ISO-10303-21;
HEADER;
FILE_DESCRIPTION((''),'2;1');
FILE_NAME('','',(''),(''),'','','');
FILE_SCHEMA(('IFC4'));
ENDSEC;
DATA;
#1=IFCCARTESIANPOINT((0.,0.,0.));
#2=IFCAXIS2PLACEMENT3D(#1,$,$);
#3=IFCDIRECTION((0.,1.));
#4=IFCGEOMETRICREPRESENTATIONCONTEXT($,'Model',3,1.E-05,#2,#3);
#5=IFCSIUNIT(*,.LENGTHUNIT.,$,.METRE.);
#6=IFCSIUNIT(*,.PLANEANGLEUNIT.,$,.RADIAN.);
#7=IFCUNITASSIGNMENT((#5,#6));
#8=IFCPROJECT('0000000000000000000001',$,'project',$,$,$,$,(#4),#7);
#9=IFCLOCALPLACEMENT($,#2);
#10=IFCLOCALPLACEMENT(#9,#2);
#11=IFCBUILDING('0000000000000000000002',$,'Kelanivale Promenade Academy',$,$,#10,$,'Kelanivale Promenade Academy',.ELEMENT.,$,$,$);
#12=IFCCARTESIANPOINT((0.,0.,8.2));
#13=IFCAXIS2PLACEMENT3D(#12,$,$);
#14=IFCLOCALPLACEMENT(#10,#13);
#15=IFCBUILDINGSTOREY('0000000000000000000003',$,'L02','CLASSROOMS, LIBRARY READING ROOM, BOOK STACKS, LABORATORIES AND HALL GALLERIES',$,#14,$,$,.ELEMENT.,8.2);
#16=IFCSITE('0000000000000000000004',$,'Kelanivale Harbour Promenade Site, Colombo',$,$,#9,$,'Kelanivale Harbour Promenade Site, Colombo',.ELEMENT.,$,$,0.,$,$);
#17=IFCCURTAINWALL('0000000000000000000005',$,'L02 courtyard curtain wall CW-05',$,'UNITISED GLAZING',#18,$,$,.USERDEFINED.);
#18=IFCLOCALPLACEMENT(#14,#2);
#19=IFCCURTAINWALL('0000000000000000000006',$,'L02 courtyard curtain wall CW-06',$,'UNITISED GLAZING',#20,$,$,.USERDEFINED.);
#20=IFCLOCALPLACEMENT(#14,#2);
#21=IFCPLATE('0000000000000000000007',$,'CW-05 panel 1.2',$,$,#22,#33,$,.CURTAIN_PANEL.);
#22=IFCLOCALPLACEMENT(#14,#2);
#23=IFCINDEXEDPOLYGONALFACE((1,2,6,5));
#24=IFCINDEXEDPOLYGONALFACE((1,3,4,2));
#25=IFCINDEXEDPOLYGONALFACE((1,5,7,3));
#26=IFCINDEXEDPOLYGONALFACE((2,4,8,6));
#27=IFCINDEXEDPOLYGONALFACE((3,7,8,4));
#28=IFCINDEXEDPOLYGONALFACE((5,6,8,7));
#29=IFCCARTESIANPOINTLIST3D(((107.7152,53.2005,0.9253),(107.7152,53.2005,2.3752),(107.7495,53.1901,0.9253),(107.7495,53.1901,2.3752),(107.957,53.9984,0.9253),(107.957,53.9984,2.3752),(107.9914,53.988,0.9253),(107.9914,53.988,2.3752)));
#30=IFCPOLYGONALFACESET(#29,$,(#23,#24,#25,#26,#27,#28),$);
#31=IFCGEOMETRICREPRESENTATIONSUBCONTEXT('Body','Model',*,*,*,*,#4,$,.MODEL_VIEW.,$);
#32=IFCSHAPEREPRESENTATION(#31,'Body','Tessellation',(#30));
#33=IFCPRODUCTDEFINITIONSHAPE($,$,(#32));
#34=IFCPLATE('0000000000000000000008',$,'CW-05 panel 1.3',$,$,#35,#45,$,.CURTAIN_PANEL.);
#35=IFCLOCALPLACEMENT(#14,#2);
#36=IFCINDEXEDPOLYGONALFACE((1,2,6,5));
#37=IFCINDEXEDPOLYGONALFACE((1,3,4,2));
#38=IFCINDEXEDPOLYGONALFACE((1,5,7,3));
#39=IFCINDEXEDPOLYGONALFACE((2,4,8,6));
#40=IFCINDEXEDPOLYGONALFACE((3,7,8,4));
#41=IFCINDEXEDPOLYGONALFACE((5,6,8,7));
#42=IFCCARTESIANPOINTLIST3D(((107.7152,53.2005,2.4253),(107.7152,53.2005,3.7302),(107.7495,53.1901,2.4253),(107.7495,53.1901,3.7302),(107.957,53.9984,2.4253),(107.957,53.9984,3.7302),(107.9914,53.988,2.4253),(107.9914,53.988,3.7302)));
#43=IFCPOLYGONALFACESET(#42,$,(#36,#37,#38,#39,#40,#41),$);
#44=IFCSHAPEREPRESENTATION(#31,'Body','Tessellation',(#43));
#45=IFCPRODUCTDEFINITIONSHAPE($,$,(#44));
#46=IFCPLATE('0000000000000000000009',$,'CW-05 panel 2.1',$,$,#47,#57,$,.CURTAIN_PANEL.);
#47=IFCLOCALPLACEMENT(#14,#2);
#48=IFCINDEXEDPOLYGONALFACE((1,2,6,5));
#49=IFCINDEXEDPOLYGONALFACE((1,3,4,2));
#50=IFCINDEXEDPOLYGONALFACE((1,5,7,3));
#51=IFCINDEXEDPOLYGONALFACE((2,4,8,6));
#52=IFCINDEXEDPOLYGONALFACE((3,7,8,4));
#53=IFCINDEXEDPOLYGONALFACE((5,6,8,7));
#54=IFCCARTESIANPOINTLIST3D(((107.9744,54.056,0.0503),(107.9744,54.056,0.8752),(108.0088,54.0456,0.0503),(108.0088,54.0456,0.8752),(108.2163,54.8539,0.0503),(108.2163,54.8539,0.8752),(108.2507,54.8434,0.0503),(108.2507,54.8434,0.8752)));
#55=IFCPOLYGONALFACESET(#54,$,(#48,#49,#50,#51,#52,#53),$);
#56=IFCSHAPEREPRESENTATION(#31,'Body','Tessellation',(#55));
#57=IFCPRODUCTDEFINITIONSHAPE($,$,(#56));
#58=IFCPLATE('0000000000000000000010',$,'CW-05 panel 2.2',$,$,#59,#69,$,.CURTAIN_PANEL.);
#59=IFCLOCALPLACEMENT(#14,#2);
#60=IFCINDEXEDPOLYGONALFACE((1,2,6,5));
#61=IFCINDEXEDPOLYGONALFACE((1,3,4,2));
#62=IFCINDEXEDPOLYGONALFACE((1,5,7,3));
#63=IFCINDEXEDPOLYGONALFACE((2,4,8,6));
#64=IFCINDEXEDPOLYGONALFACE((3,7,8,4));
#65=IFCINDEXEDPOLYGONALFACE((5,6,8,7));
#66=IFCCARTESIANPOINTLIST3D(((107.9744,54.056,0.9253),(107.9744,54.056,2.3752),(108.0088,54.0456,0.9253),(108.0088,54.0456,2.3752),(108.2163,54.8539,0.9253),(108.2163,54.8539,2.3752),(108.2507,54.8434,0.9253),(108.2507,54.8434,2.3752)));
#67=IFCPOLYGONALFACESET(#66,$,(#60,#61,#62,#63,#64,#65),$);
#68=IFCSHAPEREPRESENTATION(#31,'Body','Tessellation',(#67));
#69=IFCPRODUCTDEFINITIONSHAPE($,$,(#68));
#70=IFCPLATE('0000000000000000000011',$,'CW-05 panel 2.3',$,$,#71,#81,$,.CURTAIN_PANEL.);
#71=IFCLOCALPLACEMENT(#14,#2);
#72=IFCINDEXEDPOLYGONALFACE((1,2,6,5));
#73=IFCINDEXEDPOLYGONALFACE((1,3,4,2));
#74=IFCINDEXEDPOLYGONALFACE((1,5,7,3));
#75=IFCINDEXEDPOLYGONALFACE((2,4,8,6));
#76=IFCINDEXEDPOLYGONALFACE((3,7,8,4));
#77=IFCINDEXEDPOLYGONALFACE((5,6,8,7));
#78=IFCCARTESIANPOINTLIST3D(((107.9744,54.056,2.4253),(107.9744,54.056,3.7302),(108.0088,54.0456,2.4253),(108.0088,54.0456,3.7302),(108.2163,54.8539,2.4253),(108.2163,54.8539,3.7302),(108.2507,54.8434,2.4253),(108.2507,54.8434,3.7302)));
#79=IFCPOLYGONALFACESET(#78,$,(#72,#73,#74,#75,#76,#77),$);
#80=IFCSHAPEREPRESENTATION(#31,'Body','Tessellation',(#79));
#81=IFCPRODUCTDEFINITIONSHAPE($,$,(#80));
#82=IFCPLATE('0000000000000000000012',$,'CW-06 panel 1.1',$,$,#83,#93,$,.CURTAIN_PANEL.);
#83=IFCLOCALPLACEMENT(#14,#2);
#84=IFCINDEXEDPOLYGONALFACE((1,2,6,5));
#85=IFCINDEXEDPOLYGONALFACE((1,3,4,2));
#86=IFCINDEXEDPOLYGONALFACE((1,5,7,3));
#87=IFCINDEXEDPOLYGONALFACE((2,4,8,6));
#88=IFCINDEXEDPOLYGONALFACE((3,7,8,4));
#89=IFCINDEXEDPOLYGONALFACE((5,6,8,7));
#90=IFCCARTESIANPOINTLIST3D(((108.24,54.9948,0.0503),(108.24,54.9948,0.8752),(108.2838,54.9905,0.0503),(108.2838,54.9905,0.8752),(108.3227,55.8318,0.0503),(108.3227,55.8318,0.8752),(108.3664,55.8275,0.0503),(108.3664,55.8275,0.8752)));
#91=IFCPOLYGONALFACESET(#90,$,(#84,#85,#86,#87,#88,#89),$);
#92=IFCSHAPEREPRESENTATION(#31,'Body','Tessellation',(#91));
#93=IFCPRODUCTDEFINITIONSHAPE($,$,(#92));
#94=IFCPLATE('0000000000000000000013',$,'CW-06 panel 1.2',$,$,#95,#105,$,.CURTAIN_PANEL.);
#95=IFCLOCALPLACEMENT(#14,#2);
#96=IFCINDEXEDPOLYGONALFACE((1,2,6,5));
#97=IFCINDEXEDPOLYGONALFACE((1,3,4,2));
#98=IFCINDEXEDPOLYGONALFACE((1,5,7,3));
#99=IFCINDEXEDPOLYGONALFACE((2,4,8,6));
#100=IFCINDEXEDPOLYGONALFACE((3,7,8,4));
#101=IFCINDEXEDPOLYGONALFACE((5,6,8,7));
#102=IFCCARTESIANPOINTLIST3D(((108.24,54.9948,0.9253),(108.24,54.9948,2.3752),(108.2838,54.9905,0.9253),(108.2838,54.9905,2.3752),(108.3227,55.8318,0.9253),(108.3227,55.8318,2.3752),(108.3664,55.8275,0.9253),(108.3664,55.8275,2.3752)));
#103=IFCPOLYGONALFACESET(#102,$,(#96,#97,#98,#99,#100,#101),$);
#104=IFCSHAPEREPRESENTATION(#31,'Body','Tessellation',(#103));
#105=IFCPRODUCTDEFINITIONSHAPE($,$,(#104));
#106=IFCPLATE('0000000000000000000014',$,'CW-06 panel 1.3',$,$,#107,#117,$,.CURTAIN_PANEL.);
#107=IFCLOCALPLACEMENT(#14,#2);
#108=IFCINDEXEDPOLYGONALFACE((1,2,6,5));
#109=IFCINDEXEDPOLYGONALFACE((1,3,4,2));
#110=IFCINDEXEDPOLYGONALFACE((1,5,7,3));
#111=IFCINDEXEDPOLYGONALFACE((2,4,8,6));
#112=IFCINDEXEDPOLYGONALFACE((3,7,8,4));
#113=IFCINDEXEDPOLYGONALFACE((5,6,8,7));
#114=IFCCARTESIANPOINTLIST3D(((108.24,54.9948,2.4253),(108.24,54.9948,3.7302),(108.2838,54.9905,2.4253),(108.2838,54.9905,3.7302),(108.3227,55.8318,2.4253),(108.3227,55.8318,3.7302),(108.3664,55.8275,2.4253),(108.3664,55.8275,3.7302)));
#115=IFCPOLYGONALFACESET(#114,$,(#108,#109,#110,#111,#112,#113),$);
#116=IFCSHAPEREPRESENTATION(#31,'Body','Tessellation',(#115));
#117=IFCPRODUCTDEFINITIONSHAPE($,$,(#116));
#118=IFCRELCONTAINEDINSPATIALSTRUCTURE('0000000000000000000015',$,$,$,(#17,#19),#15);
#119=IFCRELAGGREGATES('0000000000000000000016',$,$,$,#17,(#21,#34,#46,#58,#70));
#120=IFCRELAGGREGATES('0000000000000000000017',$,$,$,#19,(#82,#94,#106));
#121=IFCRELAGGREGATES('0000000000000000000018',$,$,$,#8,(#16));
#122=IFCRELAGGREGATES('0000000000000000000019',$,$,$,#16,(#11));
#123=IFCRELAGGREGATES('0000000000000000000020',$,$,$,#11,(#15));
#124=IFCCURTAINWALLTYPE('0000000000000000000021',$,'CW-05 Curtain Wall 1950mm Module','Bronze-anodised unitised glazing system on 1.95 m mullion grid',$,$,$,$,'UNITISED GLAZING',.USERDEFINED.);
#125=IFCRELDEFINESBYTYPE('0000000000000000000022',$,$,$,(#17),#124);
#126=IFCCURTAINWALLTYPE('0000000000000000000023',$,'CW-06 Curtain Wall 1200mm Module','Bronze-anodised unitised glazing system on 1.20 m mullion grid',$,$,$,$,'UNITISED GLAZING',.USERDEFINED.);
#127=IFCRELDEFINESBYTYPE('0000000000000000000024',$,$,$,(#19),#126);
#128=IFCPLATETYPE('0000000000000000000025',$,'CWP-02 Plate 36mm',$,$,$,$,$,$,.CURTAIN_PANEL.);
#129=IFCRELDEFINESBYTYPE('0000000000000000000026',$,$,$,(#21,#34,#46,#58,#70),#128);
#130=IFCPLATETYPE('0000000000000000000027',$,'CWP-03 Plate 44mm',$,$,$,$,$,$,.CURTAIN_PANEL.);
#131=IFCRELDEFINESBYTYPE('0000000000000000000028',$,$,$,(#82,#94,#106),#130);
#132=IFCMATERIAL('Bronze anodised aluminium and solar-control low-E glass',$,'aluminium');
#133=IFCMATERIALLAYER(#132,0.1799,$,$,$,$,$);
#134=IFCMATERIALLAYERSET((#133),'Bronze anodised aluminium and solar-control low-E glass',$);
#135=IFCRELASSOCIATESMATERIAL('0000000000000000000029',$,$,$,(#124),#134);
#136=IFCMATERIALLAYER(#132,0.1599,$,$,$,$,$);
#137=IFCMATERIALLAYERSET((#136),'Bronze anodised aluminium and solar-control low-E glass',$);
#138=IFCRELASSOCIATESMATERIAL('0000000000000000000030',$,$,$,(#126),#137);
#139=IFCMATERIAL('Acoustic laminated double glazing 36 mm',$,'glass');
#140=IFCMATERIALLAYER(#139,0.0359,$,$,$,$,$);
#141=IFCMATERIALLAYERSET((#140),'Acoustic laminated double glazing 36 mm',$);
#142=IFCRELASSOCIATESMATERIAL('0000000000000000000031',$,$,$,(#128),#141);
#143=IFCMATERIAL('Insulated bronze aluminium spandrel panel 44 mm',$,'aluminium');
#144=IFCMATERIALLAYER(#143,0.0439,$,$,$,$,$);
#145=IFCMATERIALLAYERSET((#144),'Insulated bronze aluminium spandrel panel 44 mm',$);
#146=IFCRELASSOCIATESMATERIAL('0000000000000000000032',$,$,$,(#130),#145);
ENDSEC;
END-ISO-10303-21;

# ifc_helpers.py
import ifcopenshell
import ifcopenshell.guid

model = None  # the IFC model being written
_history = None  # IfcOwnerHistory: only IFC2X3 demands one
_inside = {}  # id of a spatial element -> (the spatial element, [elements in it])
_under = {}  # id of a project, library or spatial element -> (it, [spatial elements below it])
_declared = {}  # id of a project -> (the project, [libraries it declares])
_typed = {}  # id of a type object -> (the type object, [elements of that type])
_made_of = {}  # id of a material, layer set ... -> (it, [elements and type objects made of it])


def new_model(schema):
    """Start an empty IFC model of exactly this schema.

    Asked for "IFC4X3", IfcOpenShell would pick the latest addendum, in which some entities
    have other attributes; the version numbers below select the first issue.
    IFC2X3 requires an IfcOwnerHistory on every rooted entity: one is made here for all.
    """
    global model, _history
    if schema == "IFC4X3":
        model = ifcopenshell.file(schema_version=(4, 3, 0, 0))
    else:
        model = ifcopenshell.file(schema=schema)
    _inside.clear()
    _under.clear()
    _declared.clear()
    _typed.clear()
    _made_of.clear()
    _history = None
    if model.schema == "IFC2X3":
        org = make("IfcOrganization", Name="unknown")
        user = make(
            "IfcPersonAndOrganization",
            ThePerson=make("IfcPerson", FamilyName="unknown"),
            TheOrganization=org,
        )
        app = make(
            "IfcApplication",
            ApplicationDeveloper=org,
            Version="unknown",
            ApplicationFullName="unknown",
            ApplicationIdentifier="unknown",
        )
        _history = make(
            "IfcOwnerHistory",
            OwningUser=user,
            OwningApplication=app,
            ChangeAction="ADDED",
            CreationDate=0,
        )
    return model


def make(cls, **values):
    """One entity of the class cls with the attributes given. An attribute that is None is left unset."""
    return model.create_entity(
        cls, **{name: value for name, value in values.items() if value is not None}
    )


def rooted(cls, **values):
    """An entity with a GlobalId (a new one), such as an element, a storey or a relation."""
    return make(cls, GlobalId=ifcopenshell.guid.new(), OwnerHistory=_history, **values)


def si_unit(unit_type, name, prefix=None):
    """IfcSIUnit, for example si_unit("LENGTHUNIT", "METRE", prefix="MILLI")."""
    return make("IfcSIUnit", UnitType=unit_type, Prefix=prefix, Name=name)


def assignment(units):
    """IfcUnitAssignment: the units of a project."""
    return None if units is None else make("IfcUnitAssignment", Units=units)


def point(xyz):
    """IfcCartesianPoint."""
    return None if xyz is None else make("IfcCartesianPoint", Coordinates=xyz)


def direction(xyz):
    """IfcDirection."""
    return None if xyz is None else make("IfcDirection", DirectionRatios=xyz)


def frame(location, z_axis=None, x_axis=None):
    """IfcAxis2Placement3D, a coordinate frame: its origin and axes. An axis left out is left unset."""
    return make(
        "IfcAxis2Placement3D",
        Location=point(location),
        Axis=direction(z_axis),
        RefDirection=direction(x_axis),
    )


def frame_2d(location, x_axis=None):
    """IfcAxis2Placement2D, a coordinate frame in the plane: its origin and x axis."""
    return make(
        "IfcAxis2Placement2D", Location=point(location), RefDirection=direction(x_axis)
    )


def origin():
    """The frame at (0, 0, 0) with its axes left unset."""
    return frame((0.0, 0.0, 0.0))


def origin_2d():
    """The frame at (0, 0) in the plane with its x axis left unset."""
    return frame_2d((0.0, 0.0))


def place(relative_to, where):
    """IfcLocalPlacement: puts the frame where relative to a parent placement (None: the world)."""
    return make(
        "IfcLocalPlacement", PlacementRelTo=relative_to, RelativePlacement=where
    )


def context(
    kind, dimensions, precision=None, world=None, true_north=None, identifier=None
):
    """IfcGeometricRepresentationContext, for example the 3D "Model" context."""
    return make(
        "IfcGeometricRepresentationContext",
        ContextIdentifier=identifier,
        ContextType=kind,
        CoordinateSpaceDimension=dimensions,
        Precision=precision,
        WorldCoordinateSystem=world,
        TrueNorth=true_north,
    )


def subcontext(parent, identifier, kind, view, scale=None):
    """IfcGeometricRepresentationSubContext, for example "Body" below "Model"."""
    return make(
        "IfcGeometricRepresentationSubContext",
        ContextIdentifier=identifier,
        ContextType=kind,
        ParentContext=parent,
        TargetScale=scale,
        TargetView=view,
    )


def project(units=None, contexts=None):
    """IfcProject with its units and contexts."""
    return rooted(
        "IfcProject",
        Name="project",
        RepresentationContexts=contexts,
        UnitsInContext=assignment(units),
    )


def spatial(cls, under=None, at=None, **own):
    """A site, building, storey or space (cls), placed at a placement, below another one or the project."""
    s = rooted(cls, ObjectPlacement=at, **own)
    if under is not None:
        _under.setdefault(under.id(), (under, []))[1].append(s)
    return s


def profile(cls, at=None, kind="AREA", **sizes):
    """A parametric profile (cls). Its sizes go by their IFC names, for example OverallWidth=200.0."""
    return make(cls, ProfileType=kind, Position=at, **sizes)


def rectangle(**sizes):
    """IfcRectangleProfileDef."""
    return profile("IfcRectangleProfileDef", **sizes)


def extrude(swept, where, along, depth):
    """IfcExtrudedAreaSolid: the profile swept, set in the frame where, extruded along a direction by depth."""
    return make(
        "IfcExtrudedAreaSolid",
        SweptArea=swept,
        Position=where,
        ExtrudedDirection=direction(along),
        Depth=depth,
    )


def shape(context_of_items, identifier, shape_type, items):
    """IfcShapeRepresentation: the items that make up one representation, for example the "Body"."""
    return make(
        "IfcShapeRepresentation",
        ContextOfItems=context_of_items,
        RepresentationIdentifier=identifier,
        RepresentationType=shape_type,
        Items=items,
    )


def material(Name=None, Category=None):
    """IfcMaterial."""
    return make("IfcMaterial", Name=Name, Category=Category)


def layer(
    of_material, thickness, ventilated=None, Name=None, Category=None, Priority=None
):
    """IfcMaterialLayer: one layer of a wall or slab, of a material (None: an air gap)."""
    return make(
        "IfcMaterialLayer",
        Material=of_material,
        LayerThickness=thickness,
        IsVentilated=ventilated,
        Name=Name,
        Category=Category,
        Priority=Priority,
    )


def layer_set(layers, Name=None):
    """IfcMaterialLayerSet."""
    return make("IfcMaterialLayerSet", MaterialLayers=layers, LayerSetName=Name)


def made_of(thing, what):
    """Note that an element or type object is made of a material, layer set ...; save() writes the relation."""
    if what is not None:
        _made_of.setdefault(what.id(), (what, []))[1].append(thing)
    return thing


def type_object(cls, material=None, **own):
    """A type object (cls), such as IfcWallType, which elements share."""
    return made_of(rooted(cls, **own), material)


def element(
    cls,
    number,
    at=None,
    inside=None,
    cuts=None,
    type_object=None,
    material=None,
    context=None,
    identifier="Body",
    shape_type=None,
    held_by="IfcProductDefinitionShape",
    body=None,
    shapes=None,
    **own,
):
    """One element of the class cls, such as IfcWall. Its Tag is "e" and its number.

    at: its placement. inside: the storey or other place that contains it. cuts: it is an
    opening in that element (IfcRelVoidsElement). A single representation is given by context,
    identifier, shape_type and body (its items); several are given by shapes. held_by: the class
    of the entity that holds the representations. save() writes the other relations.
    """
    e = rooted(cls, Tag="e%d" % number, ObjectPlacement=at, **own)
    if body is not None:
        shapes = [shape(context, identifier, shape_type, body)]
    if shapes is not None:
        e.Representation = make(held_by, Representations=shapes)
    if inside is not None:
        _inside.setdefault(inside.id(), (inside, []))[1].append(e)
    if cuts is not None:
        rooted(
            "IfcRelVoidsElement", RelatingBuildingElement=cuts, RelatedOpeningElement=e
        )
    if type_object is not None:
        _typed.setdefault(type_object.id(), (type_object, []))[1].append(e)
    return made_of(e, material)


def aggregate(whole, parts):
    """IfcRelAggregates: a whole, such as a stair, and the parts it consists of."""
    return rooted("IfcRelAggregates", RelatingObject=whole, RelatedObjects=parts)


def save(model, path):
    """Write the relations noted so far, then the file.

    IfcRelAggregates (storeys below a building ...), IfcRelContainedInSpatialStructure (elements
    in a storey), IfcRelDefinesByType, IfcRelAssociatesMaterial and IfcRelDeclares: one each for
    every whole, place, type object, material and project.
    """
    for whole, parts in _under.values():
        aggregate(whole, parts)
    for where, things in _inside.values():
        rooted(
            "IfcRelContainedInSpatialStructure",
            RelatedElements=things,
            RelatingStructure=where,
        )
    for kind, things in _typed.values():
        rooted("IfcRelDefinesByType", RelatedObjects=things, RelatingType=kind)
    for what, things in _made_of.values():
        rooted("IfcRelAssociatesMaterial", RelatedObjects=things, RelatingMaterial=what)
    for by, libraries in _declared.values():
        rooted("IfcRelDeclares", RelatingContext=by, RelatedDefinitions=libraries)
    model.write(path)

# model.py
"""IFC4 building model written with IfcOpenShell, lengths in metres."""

from ifc_helpers import new_model, si_unit, direction, frame, origin, origin_2d, place, context, subcontext, project, spatial, rectangle, extrude, material, layer, layer_set, type_object, element, aggregate, save


model = new_model("IFC4")

# Units and contexts
model_context = context("Model", 3, precision=1e-05, world=origin(), true_north=direction((0.0, 1.0)))
body_context = subcontext(model_context, "Body", "Model", "MODEL_VIEW")
ifc_project = project(units=[si_unit("LENGTHUNIT", "METRE"), si_unit("PLANEANGLEUNIT", "RADIAN")], contexts=[model_context])

# Site, building, storey
site_placement = place(None, origin())
site = spatial("IfcSite", under=ifc_project, at=site_placement, Name="Kelanivale Harbour Promenade Site, Colombo", LongName="Kelanivale Harbour Promenade Site, Colombo", CompositionType="ELEMENT", RefElevation=0.0)
building_placement = place(site_placement, origin())
building = spatial("IfcBuilding", under=site, at=building_placement, Name="Kelanivale Promenade Academy", LongName="Kelanivale Promenade Academy", CompositionType="ELEMENT")
storey_placement = place(building_placement, frame((0.0, 0.0, 8.2)))
storey = spatial("IfcBuildingStorey", under=building, at=storey_placement, Name="L02", Description="CLASSROOMS, LIBRARY READING ROOM, BOOK STACKS, LABORATORIES AND HALL GALLERIES", CompositionType="ELEMENT", Elevation=8.2)

# Curtain walls
ifc_material_1 = material(Name="Bronze anodised aluminium and solar-control low-E glass", Category="aluminium")
ifc_layer_1 = layer(ifc_material_1, 0.1799)
ifc_layer_set_1 = layer_set([ifc_layer_1], Name="Bronze anodised aluminium and solar-control low-E glass")
curtain_wall_type_1 = type_object("IfcCurtainWallType", Name="CW-05 Curtain Wall 1950mm Module", Description="Bronze-anodised unitised glazing system on 1.95 m mullion grid", ElementType="UNITISED GLAZING", PredefinedType="USERDEFINED", material=ifc_layer_set_1)
curtain_wall_1_placement = place(storey_placement, origin())
curtain_wall_1 = element("IfcCurtainWall", 1, at=curtain_wall_1_placement, inside=storey, type_object=curtain_wall_type_1, Name="L02 courtyard curtain wall CW-05", ObjectType="UNITISED GLAZING", PredefinedType="USERDEFINED")
ifc_layer_2 = layer(ifc_material_1, 0.1599)
ifc_layer_set_2 = layer_set([ifc_layer_2], Name="Bronze anodised aluminium and solar-control low-E glass")
curtain_wall_type_2 = type_object("IfcCurtainWallType", Name="CW-06 Curtain Wall 1200mm Module", Description="Bronze-anodised unitised glazing system on 1.20 m mullion grid", ElementType="UNITISED GLAZING", PredefinedType="USERDEFINED", material=ifc_layer_set_2)
curtain_wall_2_placement = place(storey_placement, origin())
curtain_wall_2 = element("IfcCurtainWall", 2, at=curtain_wall_2_placement, inside=storey, type_object=curtain_wall_type_2, Name="L02 courtyard curtain wall CW-06", ObjectType="UNITISED GLAZING", PredefinedType="USERDEFINED")

# Plates
ifc_material_2 = material(Name="Acoustic laminated double glazing 36 mm", Category="glass")
ifc_layer_3 = layer(ifc_material_2, 0.0359)
ifc_layer_set_3 = layer_set([ifc_layer_3], Name="Acoustic laminated double glazing 36 mm")
plate_type_1 = type_object("IfcPlateType", Name="CWP-02 Plate 36mm", PredefinedType="CURTAIN_PANEL", material=ifc_layer_set_3)
plate_1_placement = place(storey_placement, frame((107.8533, 53.5942, 0.9253), z_axis=(0.0, 0.0, 1.0), x_axis=(0.290128, 0.956988, 0.0)))
plate_1 = element("IfcPlate", 3, at=plate_1_placement, type_object=plate_type_1, Name="CW-05 panel 1.2", PredefinedType="CURTAIN_PANEL", context=body_context, shape_type="SweptSolid", body=[
    extrude(rectangle(XDim=0.8337, YDim=0.0359, at=origin_2d()), origin(), (0.0, 0.0, 1.0), 1.45),
])
plate_2_placement = place(storey_placement, frame((107.8533, 53.5942, 2.4253), z_axis=(0.0, 0.0, 1.0), x_axis=(0.290128, 0.956988, 0.0)))
plate_2 = element("IfcPlate", 4, at=plate_2_placement, type_object=plate_type_1, Name="CW-05 panel 1.3", PredefinedType="CURTAIN_PANEL", context=body_context, shape_type="SweptSolid", body=[
    extrude(rectangle(XDim=0.8337, YDim=0.0359, at=origin_2d()), origin(), (0.0, 0.0, 1.0), 1.3049),
])
plate_3_placement = place(storey_placement, frame((108.1125, 54.4497, 0.0503), z_axis=(0.0, 0.0, 1.0), x_axis=(0.290128, 0.956988, 0.0)))
plate_3 = element("IfcPlate", 5, at=plate_3_placement, type_object=plate_type_1, Name="CW-05 panel 2.1", PredefinedType="CURTAIN_PANEL", context=body_context, shape_type="SweptSolid", body=[
    extrude(rectangle(XDim=0.8337, YDim=0.0359, at=origin_2d()), origin(), (0.0, 0.0, 1.0), 0.825),
])
plate_4_placement = place(storey_placement, frame((108.1125, 54.4497, 0.9253), z_axis=(0.0, 0.0, 1.0), x_axis=(0.290128, 0.956988, 0.0)))
plate_4 = element("IfcPlate", 6, at=plate_4_placement, type_object=plate_type_1, Name="CW-05 panel 2.2", PredefinedType="CURTAIN_PANEL", context=body_context, shape_type="SweptSolid", body=[
    extrude(rectangle(XDim=0.8337, YDim=0.0359, at=origin_2d()), origin(), (0.0, 0.0, 1.0), 1.45),
])
plate_5_placement = place(storey_placement, frame((108.1125, 54.4497, 2.4253), z_axis=(0.0, 0.0, 1.0), x_axis=(0.290128, 0.956988, 0.0)))
plate_5 = element("IfcPlate", 7, at=plate_5_placement, type_object=plate_type_1, Name="CW-05 panel 2.3", PredefinedType="CURTAIN_PANEL", context=body_context, shape_type="SweptSolid", body=[
    extrude(rectangle(XDim=0.8337, YDim=0.0359, at=origin_2d()), origin(), (0.0, 0.0, 1.0), 1.3049),
])
aggregate(curtain_wall_1, [plate_1, plate_2, plate_3, plate_4, plate_5])
ifc_material_3 = material(Name="Insulated bronze aluminium spandrel panel 44 mm", Category="aluminium")
ifc_layer_4 = layer(ifc_material_3, 0.0439)
ifc_layer_set_4 = layer_set([ifc_layer_4], Name="Insulated bronze aluminium spandrel panel 44 mm")
plate_type_2 = type_object("IfcPlateType", Name="CWP-03 Plate 44mm", PredefinedType="CURTAIN_PANEL", material=ifc_layer_set_4)
plate_6_placement = place(storey_placement, frame((108.3032, 55.4111, 0.0503), z_axis=(0.0, 0.0, 1.0), x_axis=(0.098281, 0.995159, 0.0)))
plate_6 = element("IfcPlate", 8, at=plate_6_placement, type_object=plate_type_2, Name="CW-06 panel 1.1", PredefinedType="CURTAIN_PANEL", context=body_context, shape_type="SweptSolid", body=[
    extrude(rectangle(XDim=0.8411, YDim=0.0439, at=origin_2d()), origin(), (0.0, 0.0, 1.0), 0.825),
])
plate_7_placement = place(storey_placement, frame((108.3032, 55.4111, 0.9253), z_axis=(0.0, 0.0, 1.0), x_axis=(0.098281, 0.995159, 0.0)))
plate_7 = element("IfcPlate", 9, at=plate_7_placement, type_object=plate_type_2, Name="CW-06 panel 1.2", PredefinedType="CURTAIN_PANEL", context=body_context, shape_type="SweptSolid", body=[
    extrude(rectangle(XDim=0.8411, YDim=0.0439, at=origin_2d()), origin(), (0.0, 0.0, 1.0), 1.45),
])
plate_8_placement = place(storey_placement, frame((108.3032, 55.4111, 2.4253), z_axis=(0.0, 0.0, 1.0), x_axis=(0.098281, 0.995159, 0.0)))
plate_8 = element("IfcPlate", 10, at=plate_8_placement, type_object=plate_type_2, Name="CW-06 panel 1.3", PredefinedType="CURTAIN_PANEL", context=body_context, shape_type="SweptSolid", body=[
    extrude(rectangle(XDim=0.8411, YDim=0.0439, at=origin_2d()), origin(), (0.0, 0.0, 1.0), 1.3049),
])
aggregate(curtain_wall_2, [plate_6, plate_7, plate_8])

save(model, "model.ifc")
